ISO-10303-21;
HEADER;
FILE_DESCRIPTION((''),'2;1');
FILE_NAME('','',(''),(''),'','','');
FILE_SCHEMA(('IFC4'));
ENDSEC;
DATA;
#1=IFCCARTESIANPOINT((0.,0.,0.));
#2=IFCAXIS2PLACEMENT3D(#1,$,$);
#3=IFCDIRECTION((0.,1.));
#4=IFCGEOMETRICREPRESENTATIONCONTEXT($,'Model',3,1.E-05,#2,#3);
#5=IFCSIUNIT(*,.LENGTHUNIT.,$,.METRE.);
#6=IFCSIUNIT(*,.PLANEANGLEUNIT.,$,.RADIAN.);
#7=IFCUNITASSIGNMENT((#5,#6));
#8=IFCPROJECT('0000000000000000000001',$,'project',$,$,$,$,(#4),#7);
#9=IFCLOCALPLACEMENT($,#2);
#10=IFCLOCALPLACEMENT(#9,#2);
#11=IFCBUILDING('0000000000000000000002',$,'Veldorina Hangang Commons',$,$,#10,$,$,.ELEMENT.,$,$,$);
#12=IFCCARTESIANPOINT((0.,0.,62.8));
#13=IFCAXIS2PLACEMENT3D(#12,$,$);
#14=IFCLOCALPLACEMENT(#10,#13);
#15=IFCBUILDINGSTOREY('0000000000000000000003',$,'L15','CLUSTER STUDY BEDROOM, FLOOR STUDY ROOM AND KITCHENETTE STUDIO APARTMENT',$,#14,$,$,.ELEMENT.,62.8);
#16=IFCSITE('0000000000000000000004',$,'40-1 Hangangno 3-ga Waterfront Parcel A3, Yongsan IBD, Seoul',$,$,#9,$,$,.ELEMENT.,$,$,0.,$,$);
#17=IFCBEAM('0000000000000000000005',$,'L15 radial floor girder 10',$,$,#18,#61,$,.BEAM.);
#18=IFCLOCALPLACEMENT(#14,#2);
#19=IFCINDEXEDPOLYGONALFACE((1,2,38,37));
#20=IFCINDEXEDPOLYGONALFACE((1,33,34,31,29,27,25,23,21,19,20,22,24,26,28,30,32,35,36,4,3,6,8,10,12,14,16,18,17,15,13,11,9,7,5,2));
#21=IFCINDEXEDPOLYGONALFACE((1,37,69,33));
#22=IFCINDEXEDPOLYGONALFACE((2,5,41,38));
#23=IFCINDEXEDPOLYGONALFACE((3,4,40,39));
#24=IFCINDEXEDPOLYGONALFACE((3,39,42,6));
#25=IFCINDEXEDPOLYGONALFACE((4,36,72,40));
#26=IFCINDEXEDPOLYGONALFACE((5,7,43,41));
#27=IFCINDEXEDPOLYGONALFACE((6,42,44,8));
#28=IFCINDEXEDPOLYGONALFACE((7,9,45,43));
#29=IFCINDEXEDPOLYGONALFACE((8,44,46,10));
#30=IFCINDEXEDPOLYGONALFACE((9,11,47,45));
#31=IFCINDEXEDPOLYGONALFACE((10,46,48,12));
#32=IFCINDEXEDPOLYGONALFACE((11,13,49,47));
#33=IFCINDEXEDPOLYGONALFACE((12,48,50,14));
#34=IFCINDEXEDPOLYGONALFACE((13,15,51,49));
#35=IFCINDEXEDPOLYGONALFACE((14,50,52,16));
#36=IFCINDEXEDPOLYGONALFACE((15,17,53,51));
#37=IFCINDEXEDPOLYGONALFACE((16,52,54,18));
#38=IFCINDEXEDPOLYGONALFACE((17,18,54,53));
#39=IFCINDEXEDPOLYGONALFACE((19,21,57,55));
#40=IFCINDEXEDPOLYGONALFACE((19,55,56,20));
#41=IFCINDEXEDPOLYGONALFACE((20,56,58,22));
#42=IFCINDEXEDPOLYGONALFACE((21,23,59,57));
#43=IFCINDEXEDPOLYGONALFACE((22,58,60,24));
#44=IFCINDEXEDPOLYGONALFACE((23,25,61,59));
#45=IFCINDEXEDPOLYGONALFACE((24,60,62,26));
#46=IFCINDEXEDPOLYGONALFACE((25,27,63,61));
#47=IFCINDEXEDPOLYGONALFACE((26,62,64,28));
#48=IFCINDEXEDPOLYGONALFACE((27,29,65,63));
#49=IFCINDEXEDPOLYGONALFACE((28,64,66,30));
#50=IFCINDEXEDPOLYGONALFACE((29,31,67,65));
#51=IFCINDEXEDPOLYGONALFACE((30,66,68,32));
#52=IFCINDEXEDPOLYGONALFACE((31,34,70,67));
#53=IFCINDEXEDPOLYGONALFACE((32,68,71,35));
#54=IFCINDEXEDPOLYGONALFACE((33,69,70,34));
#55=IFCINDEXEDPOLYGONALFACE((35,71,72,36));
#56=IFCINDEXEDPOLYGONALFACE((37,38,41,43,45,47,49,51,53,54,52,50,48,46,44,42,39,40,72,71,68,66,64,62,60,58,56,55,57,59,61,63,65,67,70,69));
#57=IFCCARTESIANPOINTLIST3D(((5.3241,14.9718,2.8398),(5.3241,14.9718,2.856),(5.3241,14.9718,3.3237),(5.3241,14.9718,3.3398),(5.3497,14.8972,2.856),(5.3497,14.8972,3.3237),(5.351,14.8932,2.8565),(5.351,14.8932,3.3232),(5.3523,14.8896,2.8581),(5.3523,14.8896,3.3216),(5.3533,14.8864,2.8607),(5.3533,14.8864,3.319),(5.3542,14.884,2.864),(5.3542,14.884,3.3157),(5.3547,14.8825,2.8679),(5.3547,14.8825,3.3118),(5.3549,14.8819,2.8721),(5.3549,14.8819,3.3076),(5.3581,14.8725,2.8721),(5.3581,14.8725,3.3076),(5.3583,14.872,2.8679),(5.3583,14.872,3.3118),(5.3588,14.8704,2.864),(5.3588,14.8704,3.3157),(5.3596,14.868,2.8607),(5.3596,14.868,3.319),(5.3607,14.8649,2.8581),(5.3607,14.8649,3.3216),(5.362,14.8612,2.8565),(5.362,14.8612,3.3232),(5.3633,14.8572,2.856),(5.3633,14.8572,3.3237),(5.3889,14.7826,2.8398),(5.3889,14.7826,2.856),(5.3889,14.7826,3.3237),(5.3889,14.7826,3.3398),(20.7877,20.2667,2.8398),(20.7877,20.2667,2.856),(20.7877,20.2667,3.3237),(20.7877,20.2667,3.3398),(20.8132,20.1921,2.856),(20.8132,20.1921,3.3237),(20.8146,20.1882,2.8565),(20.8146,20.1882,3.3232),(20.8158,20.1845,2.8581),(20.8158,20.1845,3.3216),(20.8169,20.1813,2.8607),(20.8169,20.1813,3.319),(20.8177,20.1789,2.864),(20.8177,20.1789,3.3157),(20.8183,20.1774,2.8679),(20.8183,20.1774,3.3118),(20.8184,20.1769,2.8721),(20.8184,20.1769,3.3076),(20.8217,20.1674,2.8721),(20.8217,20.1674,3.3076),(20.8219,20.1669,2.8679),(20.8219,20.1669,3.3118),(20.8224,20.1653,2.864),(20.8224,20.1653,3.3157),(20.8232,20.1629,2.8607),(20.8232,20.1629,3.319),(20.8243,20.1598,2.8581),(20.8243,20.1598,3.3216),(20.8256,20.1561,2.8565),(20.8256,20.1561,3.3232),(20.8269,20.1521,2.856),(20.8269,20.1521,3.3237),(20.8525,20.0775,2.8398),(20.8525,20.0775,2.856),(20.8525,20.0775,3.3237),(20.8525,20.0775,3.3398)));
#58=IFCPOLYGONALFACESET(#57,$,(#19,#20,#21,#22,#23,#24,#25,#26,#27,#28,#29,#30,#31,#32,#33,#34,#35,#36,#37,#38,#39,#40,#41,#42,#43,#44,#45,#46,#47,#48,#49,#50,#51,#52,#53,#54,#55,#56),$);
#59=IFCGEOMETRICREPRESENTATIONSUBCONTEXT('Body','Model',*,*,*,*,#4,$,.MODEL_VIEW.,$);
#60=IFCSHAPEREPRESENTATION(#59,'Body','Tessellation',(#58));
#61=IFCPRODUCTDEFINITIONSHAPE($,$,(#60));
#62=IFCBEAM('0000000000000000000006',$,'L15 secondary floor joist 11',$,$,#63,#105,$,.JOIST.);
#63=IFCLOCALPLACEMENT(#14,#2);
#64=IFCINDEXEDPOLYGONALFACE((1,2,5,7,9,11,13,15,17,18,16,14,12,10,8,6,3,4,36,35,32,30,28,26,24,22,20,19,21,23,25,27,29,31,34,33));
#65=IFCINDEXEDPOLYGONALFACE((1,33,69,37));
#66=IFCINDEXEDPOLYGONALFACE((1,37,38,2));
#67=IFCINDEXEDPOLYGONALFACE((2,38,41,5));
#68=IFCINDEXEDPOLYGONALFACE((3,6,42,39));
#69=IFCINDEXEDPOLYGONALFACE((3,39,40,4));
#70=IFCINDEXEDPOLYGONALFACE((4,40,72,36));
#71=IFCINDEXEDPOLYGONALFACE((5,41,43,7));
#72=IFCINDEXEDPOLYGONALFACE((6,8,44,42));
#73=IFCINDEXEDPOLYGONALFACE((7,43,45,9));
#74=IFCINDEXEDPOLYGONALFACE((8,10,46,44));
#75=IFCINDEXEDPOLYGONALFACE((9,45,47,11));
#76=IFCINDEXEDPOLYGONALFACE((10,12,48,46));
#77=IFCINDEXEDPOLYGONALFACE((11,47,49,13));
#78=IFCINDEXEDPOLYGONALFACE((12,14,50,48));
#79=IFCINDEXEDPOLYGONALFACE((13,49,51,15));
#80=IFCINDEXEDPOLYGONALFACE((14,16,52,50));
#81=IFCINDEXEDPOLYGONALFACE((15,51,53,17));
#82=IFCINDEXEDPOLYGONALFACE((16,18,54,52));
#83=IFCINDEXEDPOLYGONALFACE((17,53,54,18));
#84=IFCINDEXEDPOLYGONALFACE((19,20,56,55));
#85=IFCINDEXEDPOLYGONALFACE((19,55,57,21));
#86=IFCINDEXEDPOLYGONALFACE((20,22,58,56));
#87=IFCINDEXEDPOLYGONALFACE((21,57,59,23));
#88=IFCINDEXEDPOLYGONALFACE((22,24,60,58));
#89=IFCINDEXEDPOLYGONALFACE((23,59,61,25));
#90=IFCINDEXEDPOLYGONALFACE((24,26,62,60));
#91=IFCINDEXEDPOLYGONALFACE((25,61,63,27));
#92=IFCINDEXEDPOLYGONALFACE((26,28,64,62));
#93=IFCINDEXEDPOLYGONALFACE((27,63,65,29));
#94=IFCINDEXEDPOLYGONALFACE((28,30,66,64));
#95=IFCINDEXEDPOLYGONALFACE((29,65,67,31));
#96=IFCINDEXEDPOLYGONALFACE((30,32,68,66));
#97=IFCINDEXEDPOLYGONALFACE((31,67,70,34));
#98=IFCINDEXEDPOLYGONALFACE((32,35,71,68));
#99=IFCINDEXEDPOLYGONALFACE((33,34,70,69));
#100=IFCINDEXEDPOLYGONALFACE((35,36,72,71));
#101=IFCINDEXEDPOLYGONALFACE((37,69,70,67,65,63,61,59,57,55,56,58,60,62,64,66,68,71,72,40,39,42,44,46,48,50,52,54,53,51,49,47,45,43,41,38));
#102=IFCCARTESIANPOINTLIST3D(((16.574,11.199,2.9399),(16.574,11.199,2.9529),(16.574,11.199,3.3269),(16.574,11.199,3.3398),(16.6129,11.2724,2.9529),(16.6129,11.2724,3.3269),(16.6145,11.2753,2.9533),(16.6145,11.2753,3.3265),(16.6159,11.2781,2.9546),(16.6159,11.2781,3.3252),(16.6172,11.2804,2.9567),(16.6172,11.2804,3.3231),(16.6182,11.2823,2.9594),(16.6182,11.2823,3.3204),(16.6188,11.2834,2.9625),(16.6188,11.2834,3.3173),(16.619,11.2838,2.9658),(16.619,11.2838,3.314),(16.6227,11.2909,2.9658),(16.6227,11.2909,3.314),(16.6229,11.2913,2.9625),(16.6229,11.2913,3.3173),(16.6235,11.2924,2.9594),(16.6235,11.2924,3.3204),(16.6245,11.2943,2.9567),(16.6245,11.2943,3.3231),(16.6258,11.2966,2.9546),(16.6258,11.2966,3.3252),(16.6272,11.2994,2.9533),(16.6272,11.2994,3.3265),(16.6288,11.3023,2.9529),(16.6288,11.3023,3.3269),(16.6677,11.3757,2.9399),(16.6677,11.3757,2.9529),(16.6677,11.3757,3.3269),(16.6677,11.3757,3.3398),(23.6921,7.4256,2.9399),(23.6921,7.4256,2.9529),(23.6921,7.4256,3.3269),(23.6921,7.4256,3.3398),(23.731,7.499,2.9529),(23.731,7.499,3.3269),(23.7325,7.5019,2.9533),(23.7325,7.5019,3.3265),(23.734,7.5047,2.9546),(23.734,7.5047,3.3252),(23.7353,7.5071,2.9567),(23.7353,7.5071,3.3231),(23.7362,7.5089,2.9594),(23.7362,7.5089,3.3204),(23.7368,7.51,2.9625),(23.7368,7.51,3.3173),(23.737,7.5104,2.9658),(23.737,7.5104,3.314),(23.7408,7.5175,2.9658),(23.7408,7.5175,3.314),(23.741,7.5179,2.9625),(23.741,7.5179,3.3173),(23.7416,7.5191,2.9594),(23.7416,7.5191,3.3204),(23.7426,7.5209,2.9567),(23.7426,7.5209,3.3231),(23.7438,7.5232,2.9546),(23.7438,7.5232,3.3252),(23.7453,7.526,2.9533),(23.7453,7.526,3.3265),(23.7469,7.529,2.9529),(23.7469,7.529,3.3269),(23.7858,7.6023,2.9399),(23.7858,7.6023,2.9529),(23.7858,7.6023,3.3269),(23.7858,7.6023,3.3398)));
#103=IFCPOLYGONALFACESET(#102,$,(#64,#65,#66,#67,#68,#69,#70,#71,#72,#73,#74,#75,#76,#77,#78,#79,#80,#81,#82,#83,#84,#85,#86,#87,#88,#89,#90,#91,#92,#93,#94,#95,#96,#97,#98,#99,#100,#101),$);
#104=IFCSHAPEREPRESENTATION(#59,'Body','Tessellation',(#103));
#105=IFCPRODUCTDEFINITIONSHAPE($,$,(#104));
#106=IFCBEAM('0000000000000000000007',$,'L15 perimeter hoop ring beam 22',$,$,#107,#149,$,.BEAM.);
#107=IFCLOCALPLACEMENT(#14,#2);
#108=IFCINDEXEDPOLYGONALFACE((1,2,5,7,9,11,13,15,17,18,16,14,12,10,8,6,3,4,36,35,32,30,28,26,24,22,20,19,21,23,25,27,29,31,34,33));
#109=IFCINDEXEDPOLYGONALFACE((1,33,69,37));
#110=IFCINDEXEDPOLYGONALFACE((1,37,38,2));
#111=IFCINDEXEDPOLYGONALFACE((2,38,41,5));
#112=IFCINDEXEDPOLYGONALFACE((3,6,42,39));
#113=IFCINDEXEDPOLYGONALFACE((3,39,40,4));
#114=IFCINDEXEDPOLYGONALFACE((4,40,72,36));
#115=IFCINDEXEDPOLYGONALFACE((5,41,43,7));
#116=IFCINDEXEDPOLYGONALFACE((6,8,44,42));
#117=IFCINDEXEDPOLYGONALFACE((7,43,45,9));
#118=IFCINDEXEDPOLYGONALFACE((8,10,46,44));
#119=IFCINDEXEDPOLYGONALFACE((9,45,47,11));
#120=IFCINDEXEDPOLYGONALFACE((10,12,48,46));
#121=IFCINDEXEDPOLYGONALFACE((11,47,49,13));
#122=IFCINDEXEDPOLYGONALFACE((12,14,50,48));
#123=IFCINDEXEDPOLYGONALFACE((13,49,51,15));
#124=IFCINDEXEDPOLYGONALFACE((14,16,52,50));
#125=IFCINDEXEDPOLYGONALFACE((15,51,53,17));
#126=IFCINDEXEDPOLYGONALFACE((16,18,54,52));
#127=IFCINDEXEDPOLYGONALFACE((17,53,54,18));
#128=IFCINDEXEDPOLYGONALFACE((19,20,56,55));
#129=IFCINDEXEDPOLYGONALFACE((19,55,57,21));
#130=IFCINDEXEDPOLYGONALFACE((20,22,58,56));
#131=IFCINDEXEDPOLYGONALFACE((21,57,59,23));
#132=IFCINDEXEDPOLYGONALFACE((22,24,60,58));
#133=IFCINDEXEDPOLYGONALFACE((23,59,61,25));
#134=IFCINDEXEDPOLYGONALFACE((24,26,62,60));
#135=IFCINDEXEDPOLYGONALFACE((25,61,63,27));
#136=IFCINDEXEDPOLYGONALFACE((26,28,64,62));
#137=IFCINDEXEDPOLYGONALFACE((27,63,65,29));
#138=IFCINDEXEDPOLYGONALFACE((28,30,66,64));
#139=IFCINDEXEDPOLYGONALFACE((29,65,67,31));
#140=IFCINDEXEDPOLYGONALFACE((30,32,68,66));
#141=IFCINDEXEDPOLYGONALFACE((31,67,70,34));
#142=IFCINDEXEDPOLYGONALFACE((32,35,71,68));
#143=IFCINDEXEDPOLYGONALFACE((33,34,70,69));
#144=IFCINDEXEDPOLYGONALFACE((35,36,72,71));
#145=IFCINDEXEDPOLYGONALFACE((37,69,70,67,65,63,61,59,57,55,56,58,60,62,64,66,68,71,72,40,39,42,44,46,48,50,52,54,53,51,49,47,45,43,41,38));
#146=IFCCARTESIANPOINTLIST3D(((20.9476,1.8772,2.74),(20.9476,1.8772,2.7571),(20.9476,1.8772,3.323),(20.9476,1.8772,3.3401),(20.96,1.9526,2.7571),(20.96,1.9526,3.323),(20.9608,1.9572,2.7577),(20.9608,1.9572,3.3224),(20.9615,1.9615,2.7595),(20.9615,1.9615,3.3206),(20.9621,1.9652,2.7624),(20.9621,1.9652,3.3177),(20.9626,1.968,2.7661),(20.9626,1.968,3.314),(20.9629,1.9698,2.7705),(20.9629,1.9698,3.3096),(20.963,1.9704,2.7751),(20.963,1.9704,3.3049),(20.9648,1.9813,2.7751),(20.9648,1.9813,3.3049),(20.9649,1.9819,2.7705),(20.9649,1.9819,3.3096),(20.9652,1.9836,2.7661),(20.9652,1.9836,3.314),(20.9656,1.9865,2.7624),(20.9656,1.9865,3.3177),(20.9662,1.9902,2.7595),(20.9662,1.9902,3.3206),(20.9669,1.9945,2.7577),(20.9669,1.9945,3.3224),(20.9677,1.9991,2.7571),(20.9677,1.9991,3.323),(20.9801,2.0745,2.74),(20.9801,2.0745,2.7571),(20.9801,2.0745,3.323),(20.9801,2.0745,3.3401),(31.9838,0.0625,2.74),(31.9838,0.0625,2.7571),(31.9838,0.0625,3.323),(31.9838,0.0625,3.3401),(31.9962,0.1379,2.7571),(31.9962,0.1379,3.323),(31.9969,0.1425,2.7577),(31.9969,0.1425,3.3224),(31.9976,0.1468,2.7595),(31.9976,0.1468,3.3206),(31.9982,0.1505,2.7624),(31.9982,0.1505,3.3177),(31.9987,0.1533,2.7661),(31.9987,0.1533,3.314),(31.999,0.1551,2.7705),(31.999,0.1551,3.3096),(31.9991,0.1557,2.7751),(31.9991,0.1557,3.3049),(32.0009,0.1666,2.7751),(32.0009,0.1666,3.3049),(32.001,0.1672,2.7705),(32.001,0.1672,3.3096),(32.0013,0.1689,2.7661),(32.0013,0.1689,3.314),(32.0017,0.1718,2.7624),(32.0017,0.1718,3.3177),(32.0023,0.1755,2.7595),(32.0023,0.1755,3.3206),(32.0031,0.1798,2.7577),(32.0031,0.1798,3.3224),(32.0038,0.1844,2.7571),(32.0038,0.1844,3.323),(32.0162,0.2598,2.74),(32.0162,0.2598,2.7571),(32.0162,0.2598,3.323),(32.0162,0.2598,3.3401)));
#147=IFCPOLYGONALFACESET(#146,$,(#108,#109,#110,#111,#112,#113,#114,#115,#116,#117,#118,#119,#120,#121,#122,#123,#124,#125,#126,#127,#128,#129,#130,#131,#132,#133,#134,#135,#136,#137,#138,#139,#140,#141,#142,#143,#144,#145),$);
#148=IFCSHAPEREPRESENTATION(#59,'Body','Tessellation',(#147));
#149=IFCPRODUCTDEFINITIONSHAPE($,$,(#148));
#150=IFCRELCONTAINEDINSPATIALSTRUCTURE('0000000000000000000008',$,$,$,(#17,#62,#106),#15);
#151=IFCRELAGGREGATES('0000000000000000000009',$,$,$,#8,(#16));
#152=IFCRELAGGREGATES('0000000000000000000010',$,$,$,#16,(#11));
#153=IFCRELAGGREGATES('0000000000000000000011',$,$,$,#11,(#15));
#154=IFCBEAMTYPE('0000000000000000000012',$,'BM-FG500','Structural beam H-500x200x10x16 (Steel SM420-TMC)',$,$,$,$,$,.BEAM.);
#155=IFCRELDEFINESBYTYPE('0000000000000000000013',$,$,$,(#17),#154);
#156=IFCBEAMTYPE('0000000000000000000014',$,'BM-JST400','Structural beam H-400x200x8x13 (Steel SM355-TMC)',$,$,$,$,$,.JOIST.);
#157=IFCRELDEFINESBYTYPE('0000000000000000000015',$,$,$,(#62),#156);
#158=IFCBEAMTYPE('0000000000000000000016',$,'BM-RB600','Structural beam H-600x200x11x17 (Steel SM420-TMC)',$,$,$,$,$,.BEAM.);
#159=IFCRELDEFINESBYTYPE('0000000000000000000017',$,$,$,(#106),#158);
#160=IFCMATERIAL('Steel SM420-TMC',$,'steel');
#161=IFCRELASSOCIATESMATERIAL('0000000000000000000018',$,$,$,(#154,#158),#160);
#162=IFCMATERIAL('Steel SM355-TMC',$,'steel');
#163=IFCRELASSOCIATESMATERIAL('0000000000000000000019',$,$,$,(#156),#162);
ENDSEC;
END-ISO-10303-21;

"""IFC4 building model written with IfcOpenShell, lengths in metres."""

from ifc_helpers import new_model, si_unit, direction, frame, origin, origin_2d, place, context, subcontext, project, spatial, i_section, extrude, material, material_profile, profile_set, type_object, element, save


model = new_model("IFC4")

# Units and contexts
model_context = context("Model", 3, precision=1e-05, world=origin(), true_north=direction((0.0, 1.0)))
body_context = subcontext(model_context, "Body", "Model", "MODEL_VIEW")
ifc_project = project(units=[si_unit("LENGTHUNIT", "METRE"), si_unit("PLANEANGLEUNIT", "RADIAN")], contexts=[model_context])

# Site, building, storey
site_placement = place(None, origin())
site = spatial("IfcSite", under=ifc_project, at=site_placement, Name="40-1 Hangangno 3-ga Waterfront Parcel A3, Yongsan IBD, Seoul", CompositionType="ELEMENT", RefElevation=0.0)
building_placement = place(site_placement, origin())
building = spatial("IfcBuilding", under=site, at=building_placement, Name="Veldorina Hangang Commons", CompositionType="ELEMENT")
storey_placement = place(building_placement, frame((0.0, 0.0, 62.8)))
storey = spatial("IfcBuildingStorey", under=building, at=storey_placement, Name="L15", Description="CLUSTER STUDY BEDROOM, FLOOR STUDY ROOM AND KITCHENETTE STUDIO APARTMENT", CompositionType="ELEMENT", Elevation=62.8)

# Beams
ifc_material_1 = material(Name="Steel SM420-TMC", Category="steel")
ifc_material_profile_1 = material_profile(ifc_material_1, i_section(OverallWidth=0.2, OverallDepth=0.5, WebThickness=0.01, FlangeThickness=0.0161, FilletRadius=0.0161, at=origin_2d()), Name="H-500x200x10x16")
ifc_profile_set_1 = profile_set([ifc_material_profile_1], Name="Steel SM420-TMC")
beam_type_1 = type_object("IfcBeamType", Name="BM-FG500", Description="Structural beam H-500x200x10x16 (Steel SM420-TMC)", PredefinedType="BEAM", material=ifc_profile_set_1)
beam_1_placement = place(storey_placement, frame((20.8201, 20.1721, 3.0898), z_axis=(-0.946075, -0.323947, 0.0), x_axis=(0.323947, -0.946075, 0.0)))
element("IfcBeam", 1, at=beam_1_placement, inside=storey, type_object=beam_type_1, Name="L15 radial floor girder 10", PredefinedType="BEAM", context=body_context, shape_type="SweptSolid", body=[
    extrude(i_section(OverallWidth=0.2, OverallDepth=0.5, WebThickness=0.01, FlangeThickness=0.0161, FilletRadius=0.0161, at=origin_2d()), origin(), (0.0, 0.0, 1.0), 16.345),
])
ifc_material_2 = material(Name="Steel SM355-TMC", Category="steel")
ifc_material_profile_2 = material_profile(ifc_material_2, i_section(OverallWidth=0.2, OverallDepth=0.3999, WebThickness=0.0081, FlangeThickness=0.0129, FilletRadius=0.0129, at=origin_2d()), Name="H-400x200x8x13")
ifc_profile_set_2 = profile_set([ifc_material_profile_2], Name="Steel SM355-TMC")
beam_type_2 = type_object("IfcBeamType", Name="BM-JST400", Description="Structural beam H-400x200x8x13 (Steel SM355-TMC)", PredefinedType="JOIST", material=ifc_profile_set_2)
beam_2_placement = place(storey_placement, frame((16.6208, 11.2874, 3.1399), z_axis=(0.883531, -0.468372, 0.0), x_axis=(0.468372, 0.883531, 0.0)))
element("IfcBeam", 2, at=beam_2_placement, inside=storey, type_object=beam_type_2, Name="L15 secondary floor joist 11", PredefinedType="JOIST", context=body_context, shape_type="SweptSolid", body=[
    extrude(i_section(OverallWidth=0.2, OverallDepth=0.3999, WebThickness=0.0081, FlangeThickness=0.0129, FilletRadius=0.0129, at=origin_2d()), origin(), (0.0, 0.0, 1.0), 8.0564),
])
ifc_material_profile_3 = material_profile(ifc_material_1, i_section(OverallWidth=0.2, OverallDepth=0.6001, WebThickness=0.011, FlangeThickness=0.0171, FilletRadius=0.0181, at=origin_2d()), Name="H-600x200x11x17")
ifc_profile_set_3 = profile_set([ifc_material_profile_3], Name="Steel SM420-TMC")
beam_type_3 = type_object("IfcBeamType", Name="BM-RB600", Description="Structural beam H-600x200x11x17 (Steel SM420-TMC)", PredefinedType="BEAM", material=ifc_profile_set_3)
beam_3_placement = place(storey_placement, frame((20.9639, 1.9758, 3.04), z_axis=(0.986749, -0.162253, 0.0), x_axis=(0.162253, 0.986749, 0.0)))
element("IfcBeam", 3, at=beam_3_placement, inside=storey, type_object=beam_type_3, Name="L15 perimeter hoop ring beam 22", PredefinedType="BEAM", context=body_context, shape_type="SweptSolid", body=[
    extrude(i_section(OverallWidth=0.2, OverallDepth=0.6001, WebThickness=0.011, FlangeThickness=0.0171, FilletRadius=0.0181, at=origin_2d()), origin(), (0.0, 0.0, 1.0), 11.1843),
])

save(model, "model.ifc")
